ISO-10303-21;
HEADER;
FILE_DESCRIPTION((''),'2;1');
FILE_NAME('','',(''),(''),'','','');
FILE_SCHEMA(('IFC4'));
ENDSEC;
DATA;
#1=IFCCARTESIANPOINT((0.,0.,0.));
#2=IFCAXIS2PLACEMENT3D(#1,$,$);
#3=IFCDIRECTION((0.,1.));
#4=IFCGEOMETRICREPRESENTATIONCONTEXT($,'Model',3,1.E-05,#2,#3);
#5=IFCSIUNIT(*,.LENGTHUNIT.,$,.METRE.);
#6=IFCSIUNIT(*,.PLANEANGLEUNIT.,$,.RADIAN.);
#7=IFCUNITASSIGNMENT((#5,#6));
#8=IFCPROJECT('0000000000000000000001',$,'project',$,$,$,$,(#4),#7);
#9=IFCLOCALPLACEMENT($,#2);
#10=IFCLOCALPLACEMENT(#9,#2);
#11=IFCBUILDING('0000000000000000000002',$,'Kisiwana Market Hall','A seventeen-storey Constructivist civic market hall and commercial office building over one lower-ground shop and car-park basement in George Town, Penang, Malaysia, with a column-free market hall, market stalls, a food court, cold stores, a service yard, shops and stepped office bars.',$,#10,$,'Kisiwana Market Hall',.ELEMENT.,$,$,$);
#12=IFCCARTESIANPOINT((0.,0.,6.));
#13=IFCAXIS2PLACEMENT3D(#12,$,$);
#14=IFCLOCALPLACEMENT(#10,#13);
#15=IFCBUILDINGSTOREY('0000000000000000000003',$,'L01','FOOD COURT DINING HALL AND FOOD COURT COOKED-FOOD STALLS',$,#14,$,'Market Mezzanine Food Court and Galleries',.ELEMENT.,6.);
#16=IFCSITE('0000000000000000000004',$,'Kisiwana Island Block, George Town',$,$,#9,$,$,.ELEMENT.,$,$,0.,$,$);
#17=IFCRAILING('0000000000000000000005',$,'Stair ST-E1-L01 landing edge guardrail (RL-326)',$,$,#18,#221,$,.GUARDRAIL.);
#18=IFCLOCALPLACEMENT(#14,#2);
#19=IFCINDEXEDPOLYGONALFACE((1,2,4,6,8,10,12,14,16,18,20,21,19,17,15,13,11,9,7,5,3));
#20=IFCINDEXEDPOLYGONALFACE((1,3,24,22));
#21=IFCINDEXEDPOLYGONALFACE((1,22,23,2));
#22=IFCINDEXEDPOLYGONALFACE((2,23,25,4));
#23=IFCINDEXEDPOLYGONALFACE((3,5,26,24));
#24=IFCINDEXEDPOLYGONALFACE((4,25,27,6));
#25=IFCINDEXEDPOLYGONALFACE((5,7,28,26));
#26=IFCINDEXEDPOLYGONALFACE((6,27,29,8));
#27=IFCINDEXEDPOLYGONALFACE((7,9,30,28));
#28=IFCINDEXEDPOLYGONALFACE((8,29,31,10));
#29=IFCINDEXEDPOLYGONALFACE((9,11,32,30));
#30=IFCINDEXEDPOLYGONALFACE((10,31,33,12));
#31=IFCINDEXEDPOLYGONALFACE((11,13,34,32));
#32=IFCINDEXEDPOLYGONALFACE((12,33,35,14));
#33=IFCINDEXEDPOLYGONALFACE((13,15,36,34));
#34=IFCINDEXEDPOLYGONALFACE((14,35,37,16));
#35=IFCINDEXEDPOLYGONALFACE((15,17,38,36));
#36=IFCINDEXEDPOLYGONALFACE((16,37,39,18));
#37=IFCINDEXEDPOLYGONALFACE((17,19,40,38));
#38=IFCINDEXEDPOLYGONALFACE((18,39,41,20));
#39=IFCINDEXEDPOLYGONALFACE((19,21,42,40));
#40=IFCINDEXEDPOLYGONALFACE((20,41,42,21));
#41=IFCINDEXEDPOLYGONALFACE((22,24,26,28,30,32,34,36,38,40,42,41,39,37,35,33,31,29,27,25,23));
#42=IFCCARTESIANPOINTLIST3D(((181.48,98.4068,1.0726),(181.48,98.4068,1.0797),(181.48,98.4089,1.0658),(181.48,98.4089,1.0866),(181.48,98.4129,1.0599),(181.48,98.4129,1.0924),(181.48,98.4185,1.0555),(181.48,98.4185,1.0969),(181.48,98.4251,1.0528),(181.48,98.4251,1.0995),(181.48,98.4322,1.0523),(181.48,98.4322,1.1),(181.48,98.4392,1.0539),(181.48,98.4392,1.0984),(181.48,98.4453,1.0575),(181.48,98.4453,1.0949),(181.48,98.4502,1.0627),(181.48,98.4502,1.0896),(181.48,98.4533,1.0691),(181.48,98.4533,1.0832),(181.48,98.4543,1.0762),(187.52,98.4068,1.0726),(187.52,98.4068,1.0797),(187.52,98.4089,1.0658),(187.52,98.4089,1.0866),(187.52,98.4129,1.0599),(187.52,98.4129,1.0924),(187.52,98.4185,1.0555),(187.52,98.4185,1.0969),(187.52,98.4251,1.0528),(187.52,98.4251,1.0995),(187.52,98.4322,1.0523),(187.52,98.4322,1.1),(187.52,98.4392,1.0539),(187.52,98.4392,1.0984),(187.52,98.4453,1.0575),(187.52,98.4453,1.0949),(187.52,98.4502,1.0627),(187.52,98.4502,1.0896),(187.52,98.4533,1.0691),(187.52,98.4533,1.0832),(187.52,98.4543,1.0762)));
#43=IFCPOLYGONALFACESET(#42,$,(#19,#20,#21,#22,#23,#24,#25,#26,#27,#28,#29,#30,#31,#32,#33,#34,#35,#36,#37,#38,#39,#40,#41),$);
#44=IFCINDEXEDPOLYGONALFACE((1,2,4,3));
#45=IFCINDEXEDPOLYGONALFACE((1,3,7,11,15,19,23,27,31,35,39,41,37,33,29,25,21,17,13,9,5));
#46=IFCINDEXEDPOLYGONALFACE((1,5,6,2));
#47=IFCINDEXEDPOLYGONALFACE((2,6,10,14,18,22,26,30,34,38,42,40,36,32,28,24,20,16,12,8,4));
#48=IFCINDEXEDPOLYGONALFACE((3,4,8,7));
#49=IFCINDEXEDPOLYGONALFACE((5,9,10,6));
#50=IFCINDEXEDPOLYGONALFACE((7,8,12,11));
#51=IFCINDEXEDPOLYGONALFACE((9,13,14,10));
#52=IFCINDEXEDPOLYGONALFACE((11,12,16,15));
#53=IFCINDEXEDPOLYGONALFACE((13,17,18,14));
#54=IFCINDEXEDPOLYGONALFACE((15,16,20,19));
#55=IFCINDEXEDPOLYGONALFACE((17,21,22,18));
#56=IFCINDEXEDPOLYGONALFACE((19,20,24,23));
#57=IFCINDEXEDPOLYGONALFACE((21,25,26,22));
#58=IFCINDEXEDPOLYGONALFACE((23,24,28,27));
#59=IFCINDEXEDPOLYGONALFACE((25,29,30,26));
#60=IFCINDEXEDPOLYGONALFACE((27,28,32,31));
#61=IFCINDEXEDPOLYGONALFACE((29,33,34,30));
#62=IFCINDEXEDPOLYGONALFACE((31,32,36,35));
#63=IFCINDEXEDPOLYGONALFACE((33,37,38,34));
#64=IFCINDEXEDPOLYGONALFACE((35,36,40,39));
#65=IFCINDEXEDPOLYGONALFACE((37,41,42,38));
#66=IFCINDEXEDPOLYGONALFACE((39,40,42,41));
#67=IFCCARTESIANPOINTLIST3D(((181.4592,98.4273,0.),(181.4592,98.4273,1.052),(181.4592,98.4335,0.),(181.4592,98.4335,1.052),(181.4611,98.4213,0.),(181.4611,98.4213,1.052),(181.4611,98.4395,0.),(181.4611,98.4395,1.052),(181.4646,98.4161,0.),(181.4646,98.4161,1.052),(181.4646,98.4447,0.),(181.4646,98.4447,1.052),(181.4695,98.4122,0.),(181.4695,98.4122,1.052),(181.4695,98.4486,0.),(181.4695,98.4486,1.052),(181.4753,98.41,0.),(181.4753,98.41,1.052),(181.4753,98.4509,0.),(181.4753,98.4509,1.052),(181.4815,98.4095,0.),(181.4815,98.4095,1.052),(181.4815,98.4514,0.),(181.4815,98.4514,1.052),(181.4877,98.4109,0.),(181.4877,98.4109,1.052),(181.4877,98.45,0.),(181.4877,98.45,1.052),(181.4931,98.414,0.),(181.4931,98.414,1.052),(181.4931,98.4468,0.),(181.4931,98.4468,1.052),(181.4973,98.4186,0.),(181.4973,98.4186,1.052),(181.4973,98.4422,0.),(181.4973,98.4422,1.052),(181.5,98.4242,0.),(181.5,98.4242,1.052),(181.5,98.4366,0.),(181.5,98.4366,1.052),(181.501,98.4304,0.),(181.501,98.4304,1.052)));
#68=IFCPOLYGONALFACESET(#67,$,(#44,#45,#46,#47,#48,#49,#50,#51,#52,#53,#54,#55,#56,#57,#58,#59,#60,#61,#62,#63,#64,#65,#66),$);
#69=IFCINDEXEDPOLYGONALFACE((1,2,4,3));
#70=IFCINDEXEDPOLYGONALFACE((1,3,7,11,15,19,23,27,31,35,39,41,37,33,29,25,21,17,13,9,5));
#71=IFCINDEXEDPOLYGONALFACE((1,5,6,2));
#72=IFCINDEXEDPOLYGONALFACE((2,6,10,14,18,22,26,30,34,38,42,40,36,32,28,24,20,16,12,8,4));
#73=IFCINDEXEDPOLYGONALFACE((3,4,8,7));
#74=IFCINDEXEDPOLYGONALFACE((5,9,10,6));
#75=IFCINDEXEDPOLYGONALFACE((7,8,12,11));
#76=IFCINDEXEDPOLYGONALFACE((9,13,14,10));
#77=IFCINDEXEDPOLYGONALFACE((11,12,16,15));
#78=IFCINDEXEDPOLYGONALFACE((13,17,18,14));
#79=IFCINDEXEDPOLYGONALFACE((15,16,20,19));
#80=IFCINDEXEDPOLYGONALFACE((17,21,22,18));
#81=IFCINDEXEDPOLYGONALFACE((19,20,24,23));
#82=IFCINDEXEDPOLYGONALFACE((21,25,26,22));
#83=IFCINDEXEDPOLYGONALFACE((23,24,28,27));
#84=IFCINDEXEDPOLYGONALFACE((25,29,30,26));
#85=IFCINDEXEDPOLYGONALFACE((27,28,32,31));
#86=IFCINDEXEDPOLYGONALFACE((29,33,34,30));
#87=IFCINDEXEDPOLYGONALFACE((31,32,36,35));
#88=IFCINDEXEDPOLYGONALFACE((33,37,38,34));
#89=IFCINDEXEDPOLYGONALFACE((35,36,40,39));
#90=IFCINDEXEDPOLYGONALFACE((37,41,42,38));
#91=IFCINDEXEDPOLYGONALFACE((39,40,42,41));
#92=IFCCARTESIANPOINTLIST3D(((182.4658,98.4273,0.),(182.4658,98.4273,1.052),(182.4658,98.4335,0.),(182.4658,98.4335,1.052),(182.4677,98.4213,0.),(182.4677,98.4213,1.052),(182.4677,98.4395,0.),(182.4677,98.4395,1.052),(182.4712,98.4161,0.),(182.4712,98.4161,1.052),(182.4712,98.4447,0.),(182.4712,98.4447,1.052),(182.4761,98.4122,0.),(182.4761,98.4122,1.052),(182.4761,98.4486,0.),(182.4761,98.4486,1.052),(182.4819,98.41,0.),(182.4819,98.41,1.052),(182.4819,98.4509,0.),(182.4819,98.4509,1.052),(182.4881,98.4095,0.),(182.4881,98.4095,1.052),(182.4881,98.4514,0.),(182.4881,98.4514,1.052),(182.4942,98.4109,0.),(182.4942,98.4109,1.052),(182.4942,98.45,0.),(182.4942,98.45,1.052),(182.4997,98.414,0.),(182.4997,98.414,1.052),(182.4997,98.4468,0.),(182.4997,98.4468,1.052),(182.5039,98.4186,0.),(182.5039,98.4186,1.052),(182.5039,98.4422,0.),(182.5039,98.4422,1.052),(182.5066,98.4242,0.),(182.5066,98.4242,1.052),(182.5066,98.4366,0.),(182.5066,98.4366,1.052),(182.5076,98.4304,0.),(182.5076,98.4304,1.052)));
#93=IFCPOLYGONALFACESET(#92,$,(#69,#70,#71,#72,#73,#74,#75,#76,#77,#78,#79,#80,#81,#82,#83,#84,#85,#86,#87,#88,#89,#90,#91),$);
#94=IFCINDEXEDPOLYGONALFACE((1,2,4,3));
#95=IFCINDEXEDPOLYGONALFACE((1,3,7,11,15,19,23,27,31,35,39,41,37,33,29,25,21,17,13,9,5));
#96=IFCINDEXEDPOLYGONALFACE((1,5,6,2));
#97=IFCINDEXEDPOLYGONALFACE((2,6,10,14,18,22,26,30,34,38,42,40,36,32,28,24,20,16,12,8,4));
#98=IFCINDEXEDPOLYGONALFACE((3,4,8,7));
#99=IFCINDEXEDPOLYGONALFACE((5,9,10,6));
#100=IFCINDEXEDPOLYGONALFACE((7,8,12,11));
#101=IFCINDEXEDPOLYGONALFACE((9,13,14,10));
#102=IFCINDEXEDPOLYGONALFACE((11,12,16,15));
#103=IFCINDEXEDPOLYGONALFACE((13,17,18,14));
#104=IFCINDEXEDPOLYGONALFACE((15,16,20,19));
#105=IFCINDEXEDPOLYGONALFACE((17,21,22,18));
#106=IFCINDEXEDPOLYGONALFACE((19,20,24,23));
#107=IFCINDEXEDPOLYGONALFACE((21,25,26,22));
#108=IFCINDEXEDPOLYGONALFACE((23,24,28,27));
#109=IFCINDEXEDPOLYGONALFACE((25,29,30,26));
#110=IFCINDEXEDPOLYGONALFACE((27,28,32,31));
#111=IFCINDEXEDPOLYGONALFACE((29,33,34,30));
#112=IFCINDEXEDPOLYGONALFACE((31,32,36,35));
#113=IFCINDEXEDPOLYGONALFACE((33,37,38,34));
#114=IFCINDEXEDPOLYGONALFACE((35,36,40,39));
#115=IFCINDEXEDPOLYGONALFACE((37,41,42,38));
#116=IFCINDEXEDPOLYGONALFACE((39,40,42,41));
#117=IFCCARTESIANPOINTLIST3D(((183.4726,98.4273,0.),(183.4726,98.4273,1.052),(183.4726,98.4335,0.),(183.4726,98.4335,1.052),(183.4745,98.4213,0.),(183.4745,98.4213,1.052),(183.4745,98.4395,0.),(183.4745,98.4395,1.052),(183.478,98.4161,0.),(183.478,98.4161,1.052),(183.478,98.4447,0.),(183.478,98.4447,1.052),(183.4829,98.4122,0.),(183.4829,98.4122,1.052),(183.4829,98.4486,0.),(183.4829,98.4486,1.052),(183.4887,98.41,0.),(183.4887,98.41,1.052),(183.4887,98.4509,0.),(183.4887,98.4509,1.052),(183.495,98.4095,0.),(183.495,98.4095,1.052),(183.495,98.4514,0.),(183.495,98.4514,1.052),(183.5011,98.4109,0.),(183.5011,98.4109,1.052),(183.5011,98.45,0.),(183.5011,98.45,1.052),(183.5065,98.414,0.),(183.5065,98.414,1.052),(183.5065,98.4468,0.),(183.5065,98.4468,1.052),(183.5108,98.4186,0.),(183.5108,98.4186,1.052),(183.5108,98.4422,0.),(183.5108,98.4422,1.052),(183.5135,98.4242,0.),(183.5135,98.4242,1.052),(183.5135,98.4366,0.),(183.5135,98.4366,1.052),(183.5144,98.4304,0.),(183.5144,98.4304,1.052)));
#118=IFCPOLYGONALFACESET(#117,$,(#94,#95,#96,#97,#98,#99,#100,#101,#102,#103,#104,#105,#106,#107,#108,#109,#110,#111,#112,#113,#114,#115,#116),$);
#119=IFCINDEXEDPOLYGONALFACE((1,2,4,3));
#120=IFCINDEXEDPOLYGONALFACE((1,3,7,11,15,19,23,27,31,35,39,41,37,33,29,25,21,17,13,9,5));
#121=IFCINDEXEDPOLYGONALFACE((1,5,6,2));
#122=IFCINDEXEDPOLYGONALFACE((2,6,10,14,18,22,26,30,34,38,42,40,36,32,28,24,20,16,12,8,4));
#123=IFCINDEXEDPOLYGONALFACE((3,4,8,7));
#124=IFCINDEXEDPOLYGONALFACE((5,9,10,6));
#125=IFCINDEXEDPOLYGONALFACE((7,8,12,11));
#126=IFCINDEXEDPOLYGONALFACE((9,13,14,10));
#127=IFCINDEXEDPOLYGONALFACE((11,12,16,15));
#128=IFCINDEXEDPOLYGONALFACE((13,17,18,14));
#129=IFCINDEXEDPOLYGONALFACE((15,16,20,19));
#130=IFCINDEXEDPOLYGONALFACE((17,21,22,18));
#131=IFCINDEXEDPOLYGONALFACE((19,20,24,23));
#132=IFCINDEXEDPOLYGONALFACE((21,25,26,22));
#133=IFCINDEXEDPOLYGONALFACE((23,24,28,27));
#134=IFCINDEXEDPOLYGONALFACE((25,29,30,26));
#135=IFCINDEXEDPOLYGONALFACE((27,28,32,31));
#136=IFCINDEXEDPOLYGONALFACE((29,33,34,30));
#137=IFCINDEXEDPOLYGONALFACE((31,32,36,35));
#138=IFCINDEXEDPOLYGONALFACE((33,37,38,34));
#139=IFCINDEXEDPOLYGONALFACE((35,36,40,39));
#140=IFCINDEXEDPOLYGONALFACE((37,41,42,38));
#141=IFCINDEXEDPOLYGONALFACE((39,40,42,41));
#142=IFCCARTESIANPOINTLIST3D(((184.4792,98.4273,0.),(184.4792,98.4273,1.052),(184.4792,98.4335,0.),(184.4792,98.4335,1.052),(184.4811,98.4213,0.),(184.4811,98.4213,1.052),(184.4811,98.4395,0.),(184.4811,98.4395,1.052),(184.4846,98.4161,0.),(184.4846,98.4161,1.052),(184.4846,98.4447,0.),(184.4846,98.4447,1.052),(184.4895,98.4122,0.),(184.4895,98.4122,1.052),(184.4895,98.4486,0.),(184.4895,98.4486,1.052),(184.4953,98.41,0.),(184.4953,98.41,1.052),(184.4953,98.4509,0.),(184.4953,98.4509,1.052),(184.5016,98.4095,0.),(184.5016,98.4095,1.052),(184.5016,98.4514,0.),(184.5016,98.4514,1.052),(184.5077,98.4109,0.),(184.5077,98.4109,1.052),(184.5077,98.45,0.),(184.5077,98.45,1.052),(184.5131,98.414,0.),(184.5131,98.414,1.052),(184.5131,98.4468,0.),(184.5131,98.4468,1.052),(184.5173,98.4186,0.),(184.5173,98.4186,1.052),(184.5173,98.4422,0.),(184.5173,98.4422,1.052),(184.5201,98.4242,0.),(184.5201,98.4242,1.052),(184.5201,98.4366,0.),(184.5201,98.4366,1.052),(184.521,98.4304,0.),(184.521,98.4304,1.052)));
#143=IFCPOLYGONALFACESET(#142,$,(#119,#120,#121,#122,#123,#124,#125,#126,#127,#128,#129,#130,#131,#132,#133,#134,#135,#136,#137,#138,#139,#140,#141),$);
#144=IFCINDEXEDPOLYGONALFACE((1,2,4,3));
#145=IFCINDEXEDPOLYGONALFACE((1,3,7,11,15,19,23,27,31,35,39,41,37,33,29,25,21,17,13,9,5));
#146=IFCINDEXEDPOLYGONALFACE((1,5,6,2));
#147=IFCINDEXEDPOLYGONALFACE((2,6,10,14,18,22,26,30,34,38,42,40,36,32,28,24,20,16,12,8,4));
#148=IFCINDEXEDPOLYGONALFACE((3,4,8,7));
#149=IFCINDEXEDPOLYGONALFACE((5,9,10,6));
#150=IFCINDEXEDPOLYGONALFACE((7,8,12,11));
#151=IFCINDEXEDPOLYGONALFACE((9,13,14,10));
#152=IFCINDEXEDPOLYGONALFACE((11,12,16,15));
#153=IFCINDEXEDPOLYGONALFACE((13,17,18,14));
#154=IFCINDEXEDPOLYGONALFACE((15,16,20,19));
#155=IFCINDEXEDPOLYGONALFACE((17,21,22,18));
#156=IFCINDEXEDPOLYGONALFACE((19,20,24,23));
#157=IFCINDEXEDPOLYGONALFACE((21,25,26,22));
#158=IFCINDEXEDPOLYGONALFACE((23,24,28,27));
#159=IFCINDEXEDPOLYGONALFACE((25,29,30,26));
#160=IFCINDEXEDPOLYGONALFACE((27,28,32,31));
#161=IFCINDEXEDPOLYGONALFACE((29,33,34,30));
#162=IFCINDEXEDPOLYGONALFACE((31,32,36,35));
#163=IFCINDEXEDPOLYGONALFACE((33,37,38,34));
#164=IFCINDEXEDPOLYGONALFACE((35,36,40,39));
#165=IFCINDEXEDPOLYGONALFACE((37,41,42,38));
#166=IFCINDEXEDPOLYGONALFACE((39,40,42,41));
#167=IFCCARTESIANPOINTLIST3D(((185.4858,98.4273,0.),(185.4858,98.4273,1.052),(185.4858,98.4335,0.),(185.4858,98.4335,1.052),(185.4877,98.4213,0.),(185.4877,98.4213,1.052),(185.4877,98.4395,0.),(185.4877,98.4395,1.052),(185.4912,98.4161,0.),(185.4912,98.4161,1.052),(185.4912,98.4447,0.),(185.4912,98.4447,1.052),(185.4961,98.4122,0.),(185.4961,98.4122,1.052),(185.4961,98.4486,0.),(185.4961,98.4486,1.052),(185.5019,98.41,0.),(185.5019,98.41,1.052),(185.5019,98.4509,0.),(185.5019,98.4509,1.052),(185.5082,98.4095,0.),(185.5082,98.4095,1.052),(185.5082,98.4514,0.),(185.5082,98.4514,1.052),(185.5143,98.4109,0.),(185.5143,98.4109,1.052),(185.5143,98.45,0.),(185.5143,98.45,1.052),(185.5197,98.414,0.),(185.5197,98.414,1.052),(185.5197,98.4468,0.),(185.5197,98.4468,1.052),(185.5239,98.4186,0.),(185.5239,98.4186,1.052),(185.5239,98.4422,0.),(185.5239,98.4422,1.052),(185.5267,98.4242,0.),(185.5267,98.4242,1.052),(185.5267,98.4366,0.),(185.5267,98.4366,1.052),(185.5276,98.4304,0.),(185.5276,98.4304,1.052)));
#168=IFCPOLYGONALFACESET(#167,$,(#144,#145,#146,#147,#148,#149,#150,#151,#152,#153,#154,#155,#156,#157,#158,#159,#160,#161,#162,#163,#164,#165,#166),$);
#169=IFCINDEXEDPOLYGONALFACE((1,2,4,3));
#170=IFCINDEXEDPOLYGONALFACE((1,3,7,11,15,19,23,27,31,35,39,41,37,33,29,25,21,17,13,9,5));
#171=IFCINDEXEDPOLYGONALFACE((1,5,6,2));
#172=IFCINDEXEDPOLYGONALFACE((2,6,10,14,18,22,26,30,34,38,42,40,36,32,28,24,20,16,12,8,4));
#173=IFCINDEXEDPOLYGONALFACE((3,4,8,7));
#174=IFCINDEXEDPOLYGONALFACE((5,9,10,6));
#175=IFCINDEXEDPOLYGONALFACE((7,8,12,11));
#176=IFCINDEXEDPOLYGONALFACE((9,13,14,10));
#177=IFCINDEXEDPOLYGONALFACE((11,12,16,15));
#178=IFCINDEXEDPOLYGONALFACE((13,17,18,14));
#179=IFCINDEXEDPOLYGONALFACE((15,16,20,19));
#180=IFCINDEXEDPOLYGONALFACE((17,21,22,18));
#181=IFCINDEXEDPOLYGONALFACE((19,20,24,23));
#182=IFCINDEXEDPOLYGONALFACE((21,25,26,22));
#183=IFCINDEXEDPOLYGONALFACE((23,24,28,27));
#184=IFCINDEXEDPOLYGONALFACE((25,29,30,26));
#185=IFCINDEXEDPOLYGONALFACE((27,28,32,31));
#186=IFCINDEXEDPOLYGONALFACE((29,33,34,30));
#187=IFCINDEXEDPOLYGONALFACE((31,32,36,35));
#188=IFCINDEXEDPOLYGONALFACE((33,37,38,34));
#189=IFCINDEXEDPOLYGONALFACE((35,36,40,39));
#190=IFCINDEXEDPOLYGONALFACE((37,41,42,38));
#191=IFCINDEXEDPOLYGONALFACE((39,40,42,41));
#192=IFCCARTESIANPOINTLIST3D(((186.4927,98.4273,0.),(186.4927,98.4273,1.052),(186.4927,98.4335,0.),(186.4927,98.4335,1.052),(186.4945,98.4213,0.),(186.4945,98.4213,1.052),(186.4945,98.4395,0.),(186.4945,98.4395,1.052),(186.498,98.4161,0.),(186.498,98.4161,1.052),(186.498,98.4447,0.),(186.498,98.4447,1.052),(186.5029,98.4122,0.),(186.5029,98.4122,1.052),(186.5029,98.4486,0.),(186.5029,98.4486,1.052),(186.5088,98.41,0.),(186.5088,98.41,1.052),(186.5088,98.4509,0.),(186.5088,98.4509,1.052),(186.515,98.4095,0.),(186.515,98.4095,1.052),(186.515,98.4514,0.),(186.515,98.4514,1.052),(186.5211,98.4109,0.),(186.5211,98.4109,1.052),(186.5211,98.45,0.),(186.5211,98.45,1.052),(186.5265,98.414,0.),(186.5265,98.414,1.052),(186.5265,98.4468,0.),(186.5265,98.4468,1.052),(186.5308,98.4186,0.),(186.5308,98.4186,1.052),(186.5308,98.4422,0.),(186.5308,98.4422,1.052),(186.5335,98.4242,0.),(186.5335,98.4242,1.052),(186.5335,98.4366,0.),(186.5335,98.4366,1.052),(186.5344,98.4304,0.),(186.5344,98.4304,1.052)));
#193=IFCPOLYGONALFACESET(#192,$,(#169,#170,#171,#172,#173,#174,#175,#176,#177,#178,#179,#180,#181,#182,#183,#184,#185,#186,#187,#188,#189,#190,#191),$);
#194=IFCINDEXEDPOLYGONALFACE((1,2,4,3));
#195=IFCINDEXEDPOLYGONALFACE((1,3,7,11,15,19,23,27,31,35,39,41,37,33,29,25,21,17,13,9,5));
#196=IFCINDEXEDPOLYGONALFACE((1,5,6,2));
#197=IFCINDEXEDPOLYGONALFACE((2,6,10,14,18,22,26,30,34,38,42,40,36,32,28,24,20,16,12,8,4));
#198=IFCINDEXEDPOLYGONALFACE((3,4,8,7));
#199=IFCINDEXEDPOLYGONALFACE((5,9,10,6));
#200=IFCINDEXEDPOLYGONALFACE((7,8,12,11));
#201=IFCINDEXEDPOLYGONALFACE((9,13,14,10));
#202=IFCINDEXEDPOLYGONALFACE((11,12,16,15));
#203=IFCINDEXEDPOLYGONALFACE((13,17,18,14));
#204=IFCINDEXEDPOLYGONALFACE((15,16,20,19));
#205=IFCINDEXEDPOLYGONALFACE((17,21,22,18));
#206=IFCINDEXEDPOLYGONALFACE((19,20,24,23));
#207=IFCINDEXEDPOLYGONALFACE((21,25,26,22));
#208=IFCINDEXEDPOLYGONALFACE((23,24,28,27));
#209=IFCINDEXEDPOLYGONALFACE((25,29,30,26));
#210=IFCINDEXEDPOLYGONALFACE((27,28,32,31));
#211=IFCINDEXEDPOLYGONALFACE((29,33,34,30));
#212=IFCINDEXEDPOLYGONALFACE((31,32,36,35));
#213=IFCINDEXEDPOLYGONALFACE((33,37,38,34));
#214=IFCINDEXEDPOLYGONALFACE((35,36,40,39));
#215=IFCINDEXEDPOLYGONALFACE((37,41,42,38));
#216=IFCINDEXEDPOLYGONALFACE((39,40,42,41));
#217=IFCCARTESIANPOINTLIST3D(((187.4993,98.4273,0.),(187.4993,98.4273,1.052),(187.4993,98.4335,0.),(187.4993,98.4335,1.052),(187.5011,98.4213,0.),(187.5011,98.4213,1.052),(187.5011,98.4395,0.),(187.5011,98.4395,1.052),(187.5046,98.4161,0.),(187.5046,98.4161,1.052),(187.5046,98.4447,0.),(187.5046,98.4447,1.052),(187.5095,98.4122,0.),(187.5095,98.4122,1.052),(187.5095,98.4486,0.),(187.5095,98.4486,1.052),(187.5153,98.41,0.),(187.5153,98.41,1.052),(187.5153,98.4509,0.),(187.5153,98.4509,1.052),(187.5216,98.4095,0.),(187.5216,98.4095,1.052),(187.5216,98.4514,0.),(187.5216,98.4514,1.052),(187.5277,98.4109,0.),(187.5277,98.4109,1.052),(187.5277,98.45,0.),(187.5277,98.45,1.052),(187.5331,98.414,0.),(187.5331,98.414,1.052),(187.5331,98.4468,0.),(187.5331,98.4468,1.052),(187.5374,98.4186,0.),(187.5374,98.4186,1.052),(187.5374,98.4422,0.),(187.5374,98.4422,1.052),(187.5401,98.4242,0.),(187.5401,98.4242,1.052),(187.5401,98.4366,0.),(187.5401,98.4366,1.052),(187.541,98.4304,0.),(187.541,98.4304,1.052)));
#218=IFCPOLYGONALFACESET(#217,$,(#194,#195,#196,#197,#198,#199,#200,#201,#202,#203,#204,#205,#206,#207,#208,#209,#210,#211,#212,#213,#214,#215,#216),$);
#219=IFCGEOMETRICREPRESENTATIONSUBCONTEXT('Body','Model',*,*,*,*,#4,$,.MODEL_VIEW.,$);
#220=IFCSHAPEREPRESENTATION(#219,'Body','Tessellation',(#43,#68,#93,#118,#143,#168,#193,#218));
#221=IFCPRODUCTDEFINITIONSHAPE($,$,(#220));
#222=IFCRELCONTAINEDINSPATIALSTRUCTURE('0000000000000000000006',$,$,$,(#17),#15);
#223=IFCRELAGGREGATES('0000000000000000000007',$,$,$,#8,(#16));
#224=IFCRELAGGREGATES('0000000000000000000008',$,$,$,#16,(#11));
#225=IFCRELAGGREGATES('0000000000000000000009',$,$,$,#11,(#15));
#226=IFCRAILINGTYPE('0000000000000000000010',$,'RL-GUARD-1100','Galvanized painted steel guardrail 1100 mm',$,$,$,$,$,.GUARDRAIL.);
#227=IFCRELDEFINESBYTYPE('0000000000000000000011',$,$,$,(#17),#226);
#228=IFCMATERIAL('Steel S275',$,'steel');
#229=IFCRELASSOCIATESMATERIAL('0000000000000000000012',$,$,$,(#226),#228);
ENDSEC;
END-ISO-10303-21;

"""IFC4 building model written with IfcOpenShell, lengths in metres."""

from ifc_helpers import new_model, si_unit, direction, frame, origin, origin_2d, place, context, subcontext, project, spatial, circle, extrude, material, type_object, element, save


model = new_model("IFC4")

# Units and contexts
model_context = context("Model", 3, precision=1e-05, world=origin(), true_north=direction((0.0, 1.0)))
body_context = subcontext(model_context, "Body", "Model", "MODEL_VIEW")
ifc_project = project(units=[si_unit("LENGTHUNIT", "METRE"), si_unit("PLANEANGLEUNIT", "RADIAN")], contexts=[model_context])

# Site, building, storey
site_placement = place(None, origin())
site = spatial("IfcSite", under=ifc_project, at=site_placement, Name="Kisiwana Island Block, George Town", CompositionType="ELEMENT", RefElevation=0.0)
building_placement = place(site_placement, origin())
building = spatial("IfcBuilding", under=site, at=building_placement, Name="Kisiwana Market Hall", Description="A seventeen-storey Constructivist civic market hall and commercial office building over one lower-ground shop and car-park basement in George Town, Penang, Malaysia, with a column-free market hall, market stalls, a food court, cold stores, a service yard, shops and stepped office bars.", LongName="Kisiwana Market Hall", CompositionType="ELEMENT")
storey_placement = place(building_placement, frame((0.0, 0.0, 6.0)))
storey = spatial("IfcBuildingStorey", under=building, at=storey_placement, Name="L01", Description="FOOD COURT DINING HALL AND FOOD COURT COOKED-FOOD STALLS", LongName="Market Mezzanine Food Court and Galleries", CompositionType="ELEMENT", Elevation=6.0)

# Railing
ifc_material_1 = material(Name="Steel S275", Category="steel")
railing_type = type_object("IfcRailingType", Name="RL-GUARD-1100", Description="Galvanized painted steel guardrail 1100 mm", PredefinedType="GUARDRAIL", material=ifc_material_1)
railing_1_placement = place(storey_placement, frame((181.48, 98.4304, 0.0)))
element("IfcRailing", 1, at=railing_1_placement, inside=storey, type_object=railing_type, Name="Stair ST-E1-L01 landing edge guardrail (RL-326)", PredefinedType="GUARDRAIL", context=body_context, shape_type="SweptSolid", body=[
    extrude(circle(Radius=0.0239, at=origin_2d()), frame((0.0, 0.0, 1.0762), z_axis=(1.0, 0.0, 0.0), x_axis=(0.0, 1.0, 0.0)), (0.0, 0.0, 1.0), 6.04),
    extrude(circle(Radius=0.021, at=origin_2d()), origin(), (0.0, 0.0, 1.0), 1.052),
    extrude(circle(Radius=0.021, at=origin_2d()), frame((1.0066, 0.0, 0.0)), (0.0, 0.0, 1.0), 1.052),
    extrude(circle(Radius=0.021, at=origin_2d()), frame((2.0134, 0.0, 0.0)), (0.0, 0.0, 1.0), 1.052),
    extrude(circle(Radius=0.021, at=origin_2d()), frame((3.02, 0.0, 0.0)), (0.0, 0.0, 1.0), 1.052),
    extrude(circle(Radius=0.021, at=origin_2d()), frame((4.0266, 0.0, 0.0)), (0.0, 0.0, 1.0), 1.052),
    extrude(circle(Radius=0.021, at=origin_2d()), frame((5.0334, 0.0, 0.0)), (0.0, 0.0, 1.0), 1.052),
    extrude(circle(Radius=0.021, at=origin_2d()), frame((6.04, 0.0, 0.0)), (0.0, 0.0, 1.0), 1.052),
])

save(model, "model.ifc")
